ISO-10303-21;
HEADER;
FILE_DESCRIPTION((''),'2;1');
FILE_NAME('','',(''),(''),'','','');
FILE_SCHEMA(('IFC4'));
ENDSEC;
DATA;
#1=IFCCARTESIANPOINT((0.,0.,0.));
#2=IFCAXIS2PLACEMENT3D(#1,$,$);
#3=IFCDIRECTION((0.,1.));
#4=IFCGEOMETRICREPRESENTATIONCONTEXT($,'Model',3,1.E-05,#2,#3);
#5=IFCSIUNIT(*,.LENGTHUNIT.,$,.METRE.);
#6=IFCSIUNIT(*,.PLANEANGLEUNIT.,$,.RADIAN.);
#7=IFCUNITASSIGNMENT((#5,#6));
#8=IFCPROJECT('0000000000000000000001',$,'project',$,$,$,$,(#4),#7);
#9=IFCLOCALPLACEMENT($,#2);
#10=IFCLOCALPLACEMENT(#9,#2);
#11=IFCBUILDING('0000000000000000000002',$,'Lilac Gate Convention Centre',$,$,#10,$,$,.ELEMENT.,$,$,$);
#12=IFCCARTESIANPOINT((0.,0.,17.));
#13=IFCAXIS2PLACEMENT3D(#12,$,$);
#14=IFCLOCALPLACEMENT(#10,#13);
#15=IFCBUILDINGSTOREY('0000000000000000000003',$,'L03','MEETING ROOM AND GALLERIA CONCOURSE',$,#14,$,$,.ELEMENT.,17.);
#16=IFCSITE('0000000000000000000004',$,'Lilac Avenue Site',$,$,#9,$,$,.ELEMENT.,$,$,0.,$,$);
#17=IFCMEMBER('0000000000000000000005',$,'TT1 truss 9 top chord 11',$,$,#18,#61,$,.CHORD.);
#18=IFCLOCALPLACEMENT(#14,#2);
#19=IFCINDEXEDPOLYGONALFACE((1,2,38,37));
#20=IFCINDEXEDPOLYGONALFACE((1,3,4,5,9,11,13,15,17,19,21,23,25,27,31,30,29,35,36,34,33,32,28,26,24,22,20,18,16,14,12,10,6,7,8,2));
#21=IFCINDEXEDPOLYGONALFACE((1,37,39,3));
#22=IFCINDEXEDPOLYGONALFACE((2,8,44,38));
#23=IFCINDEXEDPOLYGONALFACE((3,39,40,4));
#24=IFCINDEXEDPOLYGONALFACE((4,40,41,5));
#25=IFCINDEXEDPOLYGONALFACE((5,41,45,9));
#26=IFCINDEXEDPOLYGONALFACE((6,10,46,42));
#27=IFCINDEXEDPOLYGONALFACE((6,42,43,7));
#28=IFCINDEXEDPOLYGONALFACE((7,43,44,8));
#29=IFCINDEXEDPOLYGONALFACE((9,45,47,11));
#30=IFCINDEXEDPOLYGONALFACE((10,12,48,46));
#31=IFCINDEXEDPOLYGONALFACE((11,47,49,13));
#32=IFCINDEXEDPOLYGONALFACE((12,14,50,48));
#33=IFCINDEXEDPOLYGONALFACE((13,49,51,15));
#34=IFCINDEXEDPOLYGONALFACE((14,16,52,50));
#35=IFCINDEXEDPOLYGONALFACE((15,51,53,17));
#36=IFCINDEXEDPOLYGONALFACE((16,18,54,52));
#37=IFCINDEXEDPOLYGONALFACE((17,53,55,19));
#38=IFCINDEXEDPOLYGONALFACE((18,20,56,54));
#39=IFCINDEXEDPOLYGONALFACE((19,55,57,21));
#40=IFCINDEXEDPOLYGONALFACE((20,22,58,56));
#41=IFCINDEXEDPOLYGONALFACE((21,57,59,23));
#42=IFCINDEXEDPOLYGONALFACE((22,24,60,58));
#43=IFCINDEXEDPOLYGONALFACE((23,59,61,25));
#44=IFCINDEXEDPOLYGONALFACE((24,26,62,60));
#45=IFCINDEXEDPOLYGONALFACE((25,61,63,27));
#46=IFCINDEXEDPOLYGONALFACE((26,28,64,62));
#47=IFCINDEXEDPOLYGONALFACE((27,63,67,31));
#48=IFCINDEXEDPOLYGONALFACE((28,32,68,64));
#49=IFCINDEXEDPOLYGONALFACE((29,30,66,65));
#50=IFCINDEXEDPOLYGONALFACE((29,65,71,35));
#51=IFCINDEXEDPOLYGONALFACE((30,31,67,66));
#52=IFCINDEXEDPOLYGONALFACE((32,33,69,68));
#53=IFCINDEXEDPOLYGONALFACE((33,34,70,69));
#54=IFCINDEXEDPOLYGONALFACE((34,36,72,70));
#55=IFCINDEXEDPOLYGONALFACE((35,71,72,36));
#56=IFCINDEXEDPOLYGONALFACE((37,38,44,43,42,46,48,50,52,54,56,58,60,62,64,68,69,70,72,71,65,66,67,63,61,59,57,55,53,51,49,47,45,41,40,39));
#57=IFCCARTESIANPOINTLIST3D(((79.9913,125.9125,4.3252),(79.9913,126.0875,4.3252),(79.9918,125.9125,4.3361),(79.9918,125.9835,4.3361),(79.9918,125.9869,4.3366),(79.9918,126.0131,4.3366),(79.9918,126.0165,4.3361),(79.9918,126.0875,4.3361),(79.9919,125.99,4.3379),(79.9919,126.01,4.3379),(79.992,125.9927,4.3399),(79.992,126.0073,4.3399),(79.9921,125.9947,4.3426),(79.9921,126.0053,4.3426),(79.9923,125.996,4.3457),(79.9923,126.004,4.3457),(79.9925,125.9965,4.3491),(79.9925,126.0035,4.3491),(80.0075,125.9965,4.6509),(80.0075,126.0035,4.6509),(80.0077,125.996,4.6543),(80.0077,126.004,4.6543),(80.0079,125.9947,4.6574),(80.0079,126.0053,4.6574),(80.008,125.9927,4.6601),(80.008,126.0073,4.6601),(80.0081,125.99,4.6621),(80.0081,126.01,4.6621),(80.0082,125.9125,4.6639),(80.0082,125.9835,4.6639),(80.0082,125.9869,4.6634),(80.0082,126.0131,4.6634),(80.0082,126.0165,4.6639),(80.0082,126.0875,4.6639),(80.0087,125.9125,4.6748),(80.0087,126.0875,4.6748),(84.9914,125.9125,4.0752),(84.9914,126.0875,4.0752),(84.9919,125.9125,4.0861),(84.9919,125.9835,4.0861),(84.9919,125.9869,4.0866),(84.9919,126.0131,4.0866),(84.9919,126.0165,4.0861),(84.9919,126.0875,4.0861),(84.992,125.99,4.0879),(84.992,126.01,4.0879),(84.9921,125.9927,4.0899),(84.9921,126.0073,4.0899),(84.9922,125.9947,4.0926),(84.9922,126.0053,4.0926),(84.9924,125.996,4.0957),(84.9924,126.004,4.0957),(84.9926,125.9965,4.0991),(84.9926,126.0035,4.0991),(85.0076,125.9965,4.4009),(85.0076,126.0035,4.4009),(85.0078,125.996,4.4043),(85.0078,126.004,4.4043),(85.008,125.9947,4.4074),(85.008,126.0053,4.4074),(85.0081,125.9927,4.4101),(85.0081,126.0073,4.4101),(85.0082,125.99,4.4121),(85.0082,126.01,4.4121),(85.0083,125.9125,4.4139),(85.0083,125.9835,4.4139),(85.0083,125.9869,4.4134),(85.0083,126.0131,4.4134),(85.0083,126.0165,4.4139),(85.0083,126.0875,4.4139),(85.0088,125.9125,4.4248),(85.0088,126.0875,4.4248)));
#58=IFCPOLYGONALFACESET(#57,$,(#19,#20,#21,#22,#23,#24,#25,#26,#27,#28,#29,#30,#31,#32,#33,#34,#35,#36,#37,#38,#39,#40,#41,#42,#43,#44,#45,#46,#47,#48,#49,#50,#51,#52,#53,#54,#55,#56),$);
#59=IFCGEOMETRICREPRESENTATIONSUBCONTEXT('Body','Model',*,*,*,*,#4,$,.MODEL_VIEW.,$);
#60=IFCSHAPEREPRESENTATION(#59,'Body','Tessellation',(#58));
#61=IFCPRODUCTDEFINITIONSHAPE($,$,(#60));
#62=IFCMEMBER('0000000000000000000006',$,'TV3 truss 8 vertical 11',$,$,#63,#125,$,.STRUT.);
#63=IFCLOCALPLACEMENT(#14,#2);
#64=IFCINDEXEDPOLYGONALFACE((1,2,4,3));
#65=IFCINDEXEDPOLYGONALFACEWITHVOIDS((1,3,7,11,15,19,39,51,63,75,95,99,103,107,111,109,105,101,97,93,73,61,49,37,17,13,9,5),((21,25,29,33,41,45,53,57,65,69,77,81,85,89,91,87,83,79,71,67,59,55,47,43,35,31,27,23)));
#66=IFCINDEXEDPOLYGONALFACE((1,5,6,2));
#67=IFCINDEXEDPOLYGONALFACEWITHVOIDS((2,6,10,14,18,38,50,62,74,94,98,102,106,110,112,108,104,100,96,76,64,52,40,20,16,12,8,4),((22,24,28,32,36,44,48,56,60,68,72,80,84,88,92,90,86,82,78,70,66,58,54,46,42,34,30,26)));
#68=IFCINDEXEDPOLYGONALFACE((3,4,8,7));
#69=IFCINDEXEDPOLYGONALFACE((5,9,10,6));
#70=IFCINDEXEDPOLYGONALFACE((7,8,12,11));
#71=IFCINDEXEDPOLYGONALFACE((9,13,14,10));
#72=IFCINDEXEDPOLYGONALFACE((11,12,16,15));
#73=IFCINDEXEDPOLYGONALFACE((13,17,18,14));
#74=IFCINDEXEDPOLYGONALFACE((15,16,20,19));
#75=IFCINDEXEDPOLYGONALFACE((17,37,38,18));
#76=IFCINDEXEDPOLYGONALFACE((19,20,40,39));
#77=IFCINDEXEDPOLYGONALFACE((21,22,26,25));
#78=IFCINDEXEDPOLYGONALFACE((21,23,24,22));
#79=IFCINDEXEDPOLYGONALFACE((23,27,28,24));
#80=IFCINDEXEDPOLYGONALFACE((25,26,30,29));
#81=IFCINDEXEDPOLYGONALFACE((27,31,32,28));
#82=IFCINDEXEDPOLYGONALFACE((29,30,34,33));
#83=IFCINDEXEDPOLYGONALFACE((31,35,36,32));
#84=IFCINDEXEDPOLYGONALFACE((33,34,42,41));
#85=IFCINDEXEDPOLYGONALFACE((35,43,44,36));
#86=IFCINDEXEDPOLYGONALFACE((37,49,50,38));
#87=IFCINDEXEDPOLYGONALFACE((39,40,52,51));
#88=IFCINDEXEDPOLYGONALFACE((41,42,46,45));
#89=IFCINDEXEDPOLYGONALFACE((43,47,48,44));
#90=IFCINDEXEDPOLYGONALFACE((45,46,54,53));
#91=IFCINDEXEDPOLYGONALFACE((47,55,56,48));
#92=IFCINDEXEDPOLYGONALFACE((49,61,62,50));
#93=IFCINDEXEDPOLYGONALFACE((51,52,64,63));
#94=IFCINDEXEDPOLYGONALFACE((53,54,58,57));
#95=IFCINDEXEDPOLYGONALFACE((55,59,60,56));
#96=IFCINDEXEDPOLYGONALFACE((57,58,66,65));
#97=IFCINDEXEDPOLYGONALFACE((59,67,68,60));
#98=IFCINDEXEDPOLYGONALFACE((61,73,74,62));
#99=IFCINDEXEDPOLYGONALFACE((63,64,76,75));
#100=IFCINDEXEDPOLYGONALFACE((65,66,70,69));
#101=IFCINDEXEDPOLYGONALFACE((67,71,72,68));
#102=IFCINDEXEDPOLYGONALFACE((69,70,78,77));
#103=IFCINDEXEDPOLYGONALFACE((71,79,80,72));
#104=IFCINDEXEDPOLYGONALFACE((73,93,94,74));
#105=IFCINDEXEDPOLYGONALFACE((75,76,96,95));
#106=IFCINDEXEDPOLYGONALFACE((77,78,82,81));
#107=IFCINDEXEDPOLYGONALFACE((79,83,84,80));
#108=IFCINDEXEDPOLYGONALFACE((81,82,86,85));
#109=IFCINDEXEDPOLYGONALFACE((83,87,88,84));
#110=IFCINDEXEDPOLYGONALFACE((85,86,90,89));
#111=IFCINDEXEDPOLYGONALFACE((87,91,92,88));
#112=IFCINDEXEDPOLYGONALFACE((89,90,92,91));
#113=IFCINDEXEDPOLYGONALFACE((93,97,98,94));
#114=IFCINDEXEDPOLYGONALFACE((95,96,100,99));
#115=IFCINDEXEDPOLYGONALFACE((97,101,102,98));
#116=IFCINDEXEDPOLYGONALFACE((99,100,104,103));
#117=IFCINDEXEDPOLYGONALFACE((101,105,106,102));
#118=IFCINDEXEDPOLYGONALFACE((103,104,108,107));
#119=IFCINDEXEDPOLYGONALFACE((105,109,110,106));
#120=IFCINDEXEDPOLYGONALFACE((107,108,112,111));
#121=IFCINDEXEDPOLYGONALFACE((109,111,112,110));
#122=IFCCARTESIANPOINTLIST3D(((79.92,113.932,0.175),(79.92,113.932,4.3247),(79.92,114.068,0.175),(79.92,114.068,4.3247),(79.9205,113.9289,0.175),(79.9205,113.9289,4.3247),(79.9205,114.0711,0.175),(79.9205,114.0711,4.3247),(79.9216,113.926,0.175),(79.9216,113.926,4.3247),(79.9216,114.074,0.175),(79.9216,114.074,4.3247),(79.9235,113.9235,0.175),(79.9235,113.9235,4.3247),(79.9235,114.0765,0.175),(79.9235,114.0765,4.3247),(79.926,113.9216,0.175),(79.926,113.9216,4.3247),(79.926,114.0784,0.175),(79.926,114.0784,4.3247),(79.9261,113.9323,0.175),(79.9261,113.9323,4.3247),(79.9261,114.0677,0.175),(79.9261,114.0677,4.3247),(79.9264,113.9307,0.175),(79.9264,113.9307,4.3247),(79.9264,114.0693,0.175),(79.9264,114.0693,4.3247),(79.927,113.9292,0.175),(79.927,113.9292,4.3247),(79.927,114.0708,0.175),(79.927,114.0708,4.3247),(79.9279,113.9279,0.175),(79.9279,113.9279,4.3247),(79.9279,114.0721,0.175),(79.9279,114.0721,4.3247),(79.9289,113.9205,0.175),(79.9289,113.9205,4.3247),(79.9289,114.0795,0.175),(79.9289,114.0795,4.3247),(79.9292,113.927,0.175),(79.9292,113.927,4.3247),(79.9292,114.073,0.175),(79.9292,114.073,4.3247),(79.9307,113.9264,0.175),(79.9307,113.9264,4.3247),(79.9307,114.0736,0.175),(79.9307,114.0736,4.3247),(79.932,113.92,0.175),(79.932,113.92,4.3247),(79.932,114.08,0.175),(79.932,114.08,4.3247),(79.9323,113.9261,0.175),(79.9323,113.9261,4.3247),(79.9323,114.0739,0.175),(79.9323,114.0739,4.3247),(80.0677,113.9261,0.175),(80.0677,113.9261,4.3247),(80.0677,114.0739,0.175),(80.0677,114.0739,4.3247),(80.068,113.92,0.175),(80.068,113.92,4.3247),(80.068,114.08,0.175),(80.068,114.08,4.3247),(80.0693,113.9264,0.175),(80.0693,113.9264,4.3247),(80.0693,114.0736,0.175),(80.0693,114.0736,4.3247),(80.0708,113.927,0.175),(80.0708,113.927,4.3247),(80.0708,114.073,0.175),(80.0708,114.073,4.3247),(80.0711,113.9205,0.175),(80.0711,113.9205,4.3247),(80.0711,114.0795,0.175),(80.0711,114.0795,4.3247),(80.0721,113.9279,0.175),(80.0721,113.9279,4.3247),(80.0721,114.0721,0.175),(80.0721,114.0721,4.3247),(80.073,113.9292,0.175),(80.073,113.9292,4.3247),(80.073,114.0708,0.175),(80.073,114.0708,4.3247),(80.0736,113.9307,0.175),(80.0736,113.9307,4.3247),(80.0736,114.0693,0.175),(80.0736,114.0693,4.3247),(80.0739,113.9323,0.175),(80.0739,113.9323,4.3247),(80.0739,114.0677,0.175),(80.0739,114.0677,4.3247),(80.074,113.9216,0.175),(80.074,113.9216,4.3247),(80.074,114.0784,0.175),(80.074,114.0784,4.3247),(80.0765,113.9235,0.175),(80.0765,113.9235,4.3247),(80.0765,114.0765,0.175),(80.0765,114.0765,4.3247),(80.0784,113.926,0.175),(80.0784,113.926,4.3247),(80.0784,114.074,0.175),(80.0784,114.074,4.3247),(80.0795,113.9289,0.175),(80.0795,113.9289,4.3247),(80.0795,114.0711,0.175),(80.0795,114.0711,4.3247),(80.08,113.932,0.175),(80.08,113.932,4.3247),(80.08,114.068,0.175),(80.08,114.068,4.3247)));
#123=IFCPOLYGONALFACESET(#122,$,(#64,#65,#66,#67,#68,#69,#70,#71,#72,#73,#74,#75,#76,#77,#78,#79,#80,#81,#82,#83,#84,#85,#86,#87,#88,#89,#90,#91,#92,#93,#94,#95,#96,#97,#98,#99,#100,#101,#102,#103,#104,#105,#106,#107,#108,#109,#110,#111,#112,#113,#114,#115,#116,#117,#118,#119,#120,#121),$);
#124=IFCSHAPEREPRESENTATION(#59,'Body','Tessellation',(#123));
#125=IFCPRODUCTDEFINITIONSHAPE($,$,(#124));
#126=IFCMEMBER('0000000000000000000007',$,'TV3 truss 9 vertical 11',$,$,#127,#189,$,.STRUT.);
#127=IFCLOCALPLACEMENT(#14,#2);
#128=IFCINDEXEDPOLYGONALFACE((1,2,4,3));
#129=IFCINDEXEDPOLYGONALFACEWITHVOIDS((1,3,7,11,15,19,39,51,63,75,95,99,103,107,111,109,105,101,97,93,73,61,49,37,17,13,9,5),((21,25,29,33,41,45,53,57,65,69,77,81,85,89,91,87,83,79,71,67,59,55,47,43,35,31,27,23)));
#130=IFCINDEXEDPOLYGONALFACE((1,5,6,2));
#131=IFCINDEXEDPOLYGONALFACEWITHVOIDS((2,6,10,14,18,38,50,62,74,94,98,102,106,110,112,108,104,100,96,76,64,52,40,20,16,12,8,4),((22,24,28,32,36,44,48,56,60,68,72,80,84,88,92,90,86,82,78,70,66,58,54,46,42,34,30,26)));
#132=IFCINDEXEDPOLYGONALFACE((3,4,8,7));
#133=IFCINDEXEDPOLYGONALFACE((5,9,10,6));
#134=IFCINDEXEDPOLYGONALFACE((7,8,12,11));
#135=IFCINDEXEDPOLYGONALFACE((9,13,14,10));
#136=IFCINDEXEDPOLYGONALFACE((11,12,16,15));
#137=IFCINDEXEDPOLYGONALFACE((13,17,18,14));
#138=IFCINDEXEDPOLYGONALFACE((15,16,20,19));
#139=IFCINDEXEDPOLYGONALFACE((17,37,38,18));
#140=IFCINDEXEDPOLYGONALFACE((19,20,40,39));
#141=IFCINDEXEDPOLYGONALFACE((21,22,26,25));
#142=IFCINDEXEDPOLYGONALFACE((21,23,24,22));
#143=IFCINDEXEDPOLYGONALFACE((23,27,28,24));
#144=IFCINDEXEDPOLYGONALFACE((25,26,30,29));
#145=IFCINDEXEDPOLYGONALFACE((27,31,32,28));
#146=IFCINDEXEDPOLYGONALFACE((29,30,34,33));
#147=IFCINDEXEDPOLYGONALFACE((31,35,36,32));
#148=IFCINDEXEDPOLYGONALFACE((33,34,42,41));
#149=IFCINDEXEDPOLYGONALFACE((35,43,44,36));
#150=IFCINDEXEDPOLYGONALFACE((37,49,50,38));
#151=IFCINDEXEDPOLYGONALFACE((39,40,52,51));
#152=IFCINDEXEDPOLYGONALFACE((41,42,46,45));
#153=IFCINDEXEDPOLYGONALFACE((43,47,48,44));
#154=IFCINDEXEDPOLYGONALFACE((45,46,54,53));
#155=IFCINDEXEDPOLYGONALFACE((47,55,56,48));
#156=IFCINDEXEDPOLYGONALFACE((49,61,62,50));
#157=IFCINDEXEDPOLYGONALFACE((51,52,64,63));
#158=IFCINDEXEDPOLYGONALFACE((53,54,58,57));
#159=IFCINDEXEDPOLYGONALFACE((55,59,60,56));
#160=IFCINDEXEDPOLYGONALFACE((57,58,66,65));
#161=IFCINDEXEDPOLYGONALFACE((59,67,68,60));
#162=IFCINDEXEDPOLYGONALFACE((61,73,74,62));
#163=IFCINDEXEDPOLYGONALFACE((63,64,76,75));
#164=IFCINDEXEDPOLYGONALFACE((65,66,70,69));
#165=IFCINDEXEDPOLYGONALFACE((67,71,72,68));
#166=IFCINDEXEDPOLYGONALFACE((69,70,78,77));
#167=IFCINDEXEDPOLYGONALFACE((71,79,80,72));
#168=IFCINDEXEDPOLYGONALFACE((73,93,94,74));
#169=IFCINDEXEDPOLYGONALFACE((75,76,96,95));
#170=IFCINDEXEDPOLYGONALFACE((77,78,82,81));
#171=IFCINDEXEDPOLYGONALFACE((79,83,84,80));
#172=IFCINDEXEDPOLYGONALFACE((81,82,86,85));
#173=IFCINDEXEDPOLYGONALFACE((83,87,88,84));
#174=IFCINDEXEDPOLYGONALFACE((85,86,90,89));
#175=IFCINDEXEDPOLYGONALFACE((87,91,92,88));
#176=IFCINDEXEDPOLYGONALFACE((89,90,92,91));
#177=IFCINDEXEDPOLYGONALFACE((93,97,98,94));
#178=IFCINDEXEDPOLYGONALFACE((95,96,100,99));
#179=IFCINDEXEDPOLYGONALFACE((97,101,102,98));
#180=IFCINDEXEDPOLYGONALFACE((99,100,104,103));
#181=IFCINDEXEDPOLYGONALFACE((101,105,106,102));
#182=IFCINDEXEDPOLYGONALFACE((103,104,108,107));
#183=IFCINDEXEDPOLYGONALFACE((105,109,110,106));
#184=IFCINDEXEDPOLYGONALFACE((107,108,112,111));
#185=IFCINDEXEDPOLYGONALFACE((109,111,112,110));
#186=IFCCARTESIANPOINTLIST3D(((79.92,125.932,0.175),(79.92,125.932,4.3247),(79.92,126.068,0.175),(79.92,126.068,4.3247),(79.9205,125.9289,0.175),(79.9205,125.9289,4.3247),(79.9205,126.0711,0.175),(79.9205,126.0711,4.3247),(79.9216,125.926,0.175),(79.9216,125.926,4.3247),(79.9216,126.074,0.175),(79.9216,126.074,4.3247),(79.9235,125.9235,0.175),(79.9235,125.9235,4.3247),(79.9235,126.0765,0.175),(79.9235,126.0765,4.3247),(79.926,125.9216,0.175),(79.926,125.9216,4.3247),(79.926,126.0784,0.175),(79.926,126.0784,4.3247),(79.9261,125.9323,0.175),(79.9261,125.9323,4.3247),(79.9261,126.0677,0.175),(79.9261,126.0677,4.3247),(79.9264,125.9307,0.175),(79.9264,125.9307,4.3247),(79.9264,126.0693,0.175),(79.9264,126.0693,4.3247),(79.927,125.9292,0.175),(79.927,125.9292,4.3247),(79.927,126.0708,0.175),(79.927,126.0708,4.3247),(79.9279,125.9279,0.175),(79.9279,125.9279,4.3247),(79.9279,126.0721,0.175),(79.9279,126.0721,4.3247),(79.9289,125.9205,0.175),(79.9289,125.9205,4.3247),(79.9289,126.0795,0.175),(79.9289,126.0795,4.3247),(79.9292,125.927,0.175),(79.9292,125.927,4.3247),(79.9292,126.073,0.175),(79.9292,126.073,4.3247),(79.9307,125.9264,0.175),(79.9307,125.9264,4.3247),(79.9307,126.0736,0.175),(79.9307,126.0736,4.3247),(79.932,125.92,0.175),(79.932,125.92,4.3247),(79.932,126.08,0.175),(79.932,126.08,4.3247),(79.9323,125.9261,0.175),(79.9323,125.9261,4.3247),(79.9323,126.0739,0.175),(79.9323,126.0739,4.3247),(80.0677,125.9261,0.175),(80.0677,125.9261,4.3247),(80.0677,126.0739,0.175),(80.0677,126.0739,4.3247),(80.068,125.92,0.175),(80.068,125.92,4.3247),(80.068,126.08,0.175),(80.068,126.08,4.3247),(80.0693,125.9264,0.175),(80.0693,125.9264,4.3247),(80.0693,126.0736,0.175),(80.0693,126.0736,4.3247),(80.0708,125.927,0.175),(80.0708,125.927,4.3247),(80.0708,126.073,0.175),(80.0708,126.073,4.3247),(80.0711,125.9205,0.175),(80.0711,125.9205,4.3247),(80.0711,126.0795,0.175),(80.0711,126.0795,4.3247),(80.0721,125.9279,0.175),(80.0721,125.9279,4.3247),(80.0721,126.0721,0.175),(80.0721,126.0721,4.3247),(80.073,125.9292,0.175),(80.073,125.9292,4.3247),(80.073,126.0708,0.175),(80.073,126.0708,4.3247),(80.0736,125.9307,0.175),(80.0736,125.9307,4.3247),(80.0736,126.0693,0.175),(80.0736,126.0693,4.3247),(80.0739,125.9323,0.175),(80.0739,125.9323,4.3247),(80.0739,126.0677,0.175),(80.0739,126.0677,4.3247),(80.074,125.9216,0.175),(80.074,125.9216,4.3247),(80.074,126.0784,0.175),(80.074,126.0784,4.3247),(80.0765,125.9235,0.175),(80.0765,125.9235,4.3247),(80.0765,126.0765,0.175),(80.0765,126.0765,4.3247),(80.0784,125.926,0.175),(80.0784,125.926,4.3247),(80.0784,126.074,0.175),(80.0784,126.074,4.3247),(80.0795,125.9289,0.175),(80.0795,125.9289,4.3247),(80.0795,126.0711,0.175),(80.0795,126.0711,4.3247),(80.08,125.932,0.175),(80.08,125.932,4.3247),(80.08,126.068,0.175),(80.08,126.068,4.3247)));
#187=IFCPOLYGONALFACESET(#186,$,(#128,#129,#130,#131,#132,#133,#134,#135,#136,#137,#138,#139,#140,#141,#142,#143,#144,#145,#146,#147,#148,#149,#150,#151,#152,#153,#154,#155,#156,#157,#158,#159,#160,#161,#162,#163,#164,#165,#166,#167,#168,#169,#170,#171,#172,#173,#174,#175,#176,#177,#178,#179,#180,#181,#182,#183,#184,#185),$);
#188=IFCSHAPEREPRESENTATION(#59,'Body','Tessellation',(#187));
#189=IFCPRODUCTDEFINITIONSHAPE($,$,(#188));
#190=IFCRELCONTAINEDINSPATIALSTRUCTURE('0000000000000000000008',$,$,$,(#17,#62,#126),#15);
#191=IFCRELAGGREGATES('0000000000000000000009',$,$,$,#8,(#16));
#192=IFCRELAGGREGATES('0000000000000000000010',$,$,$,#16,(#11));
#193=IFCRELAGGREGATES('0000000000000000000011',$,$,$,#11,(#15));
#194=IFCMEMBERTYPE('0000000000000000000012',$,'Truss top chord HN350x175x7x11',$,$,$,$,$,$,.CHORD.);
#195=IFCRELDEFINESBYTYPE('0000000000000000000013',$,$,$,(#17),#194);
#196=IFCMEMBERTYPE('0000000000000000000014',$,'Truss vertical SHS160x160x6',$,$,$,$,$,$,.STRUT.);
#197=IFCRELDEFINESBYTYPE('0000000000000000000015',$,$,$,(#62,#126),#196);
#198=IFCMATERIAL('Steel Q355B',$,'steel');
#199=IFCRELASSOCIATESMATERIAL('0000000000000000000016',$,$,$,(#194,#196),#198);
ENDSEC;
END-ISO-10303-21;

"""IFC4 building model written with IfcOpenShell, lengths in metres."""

from ifc_helpers import new_model, si_unit, direction, frame, origin, origin_2d, place, context, subcontext, project, spatial, hollow_rectangle, i_section, extrude, material, material_profile, profile_set, type_object, element, save


model = new_model("IFC4")

# Units and contexts
model_context = context("Model", 3, precision=1e-05, world=origin(), true_north=direction((0.0, 1.0)))
body_context = subcontext(model_context, "Body", "Model", "MODEL_VIEW")
ifc_project = project(units=[si_unit("LENGTHUNIT", "METRE"), si_unit("PLANEANGLEUNIT", "RADIAN")], contexts=[model_context])

# Site, building, storey
site_placement = place(None, origin())
site = spatial("IfcSite", under=ifc_project, at=site_placement, Name="Lilac Avenue Site", CompositionType="ELEMENT", RefElevation=0.0)
building_placement = place(site_placement, origin())
building = spatial("IfcBuilding", under=site, at=building_placement, Name="Lilac Gate Convention Centre", CompositionType="ELEMENT")
storey_placement = place(building_placement, frame((0.0, 0.0, 17.0)))
storey = spatial("IfcBuildingStorey", under=building, at=storey_placement, Name="L03", Description="MEETING ROOM AND GALLERIA CONCOURSE", CompositionType="ELEMENT", Elevation=17.0)

# Members
ifc_material_1 = material(Name="Steel Q355B", Category="steel")
ifc_material_profile_1 = material_profile(ifc_material_1, i_section(OverallWidth=0.175, OverallDepth=0.3501, WebThickness=0.0071, FlangeThickness=0.011, FilletRadius=0.0129, at=origin_2d()), Name="HN350x175x7x11")
ifc_profile_set_1 = profile_set([ifc_material_profile_1], Name="Steel Q355B")
member_type_1 = type_object("IfcMemberType", Name="Truss top chord HN350x175x7x11", PredefinedType="CHORD", material=ifc_profile_set_1)
for number, where, z_axis, x_axis, name in (
    (1, (80.0, 126.0, 4.5), (0.998752, 0.0, -0.049938), (0.0, 1.0, 0.0), "TT1 truss 9 top chord 11"),
):
    element("IfcMember", number, at=place(storey_placement, frame(where, z_axis=z_axis, x_axis=x_axis)), inside=storey, type_object=member_type_1, Name=name, PredefinedType="CHORD", context=body_context, shape_type="SweptSolid", body=[
        extrude(i_section(OverallWidth=0.175, OverallDepth=0.3501, WebThickness=0.0071, FlangeThickness=0.011, FilletRadius=0.0129, at=origin_2d()), origin(), (0.0, 0.0, 1.0), 5.0063),
    ])
ifc_material_profile_2 = material_profile(ifc_material_1, hollow_rectangle(XDim=0.1599, YDim=0.1599, WallThickness=0.0061, InnerFilletRadius=0.0061, OuterFilletRadius=0.012, at=origin_2d()), Name="SHS160x160x6")
ifc_profile_set_2 = profile_set([ifc_material_profile_2], Name="Steel Q355B")
member_type_2 = type_object("IfcMemberType", Name="Truss vertical SHS160x160x6", PredefinedType="STRUT", material=ifc_profile_set_2)
for number, where, z_axis, x_axis, name in (
    (2, (80.0, 114.0, 0.175), (0.0, 0.0, 1.0), (1.0, 0.0, 0.0), "TV3 truss 8 vertical 11"),
    (3, (80.0, 126.0, 0.175), (0.0, 0.0, 1.0), (1.0, 0.0, 0.0), "TV3 truss 9 vertical 11"),
):
    element("IfcMember", number, at=place(storey_placement, frame(where, z_axis=z_axis, x_axis=x_axis)), inside=storey, type_object=member_type_2, Name=name, PredefinedType="STRUT", context=body_context, shape_type="SweptSolid", body=[
        extrude(hollow_rectangle(XDim=0.1599, YDim=0.1599, WallThickness=0.0061, InnerFilletRadius=0.0061, OuterFilletRadius=0.012, at=origin_2d()), origin(), (0.0, 0.0, 1.0), 4.1497),
    ])

save(model, "model.ifc")
